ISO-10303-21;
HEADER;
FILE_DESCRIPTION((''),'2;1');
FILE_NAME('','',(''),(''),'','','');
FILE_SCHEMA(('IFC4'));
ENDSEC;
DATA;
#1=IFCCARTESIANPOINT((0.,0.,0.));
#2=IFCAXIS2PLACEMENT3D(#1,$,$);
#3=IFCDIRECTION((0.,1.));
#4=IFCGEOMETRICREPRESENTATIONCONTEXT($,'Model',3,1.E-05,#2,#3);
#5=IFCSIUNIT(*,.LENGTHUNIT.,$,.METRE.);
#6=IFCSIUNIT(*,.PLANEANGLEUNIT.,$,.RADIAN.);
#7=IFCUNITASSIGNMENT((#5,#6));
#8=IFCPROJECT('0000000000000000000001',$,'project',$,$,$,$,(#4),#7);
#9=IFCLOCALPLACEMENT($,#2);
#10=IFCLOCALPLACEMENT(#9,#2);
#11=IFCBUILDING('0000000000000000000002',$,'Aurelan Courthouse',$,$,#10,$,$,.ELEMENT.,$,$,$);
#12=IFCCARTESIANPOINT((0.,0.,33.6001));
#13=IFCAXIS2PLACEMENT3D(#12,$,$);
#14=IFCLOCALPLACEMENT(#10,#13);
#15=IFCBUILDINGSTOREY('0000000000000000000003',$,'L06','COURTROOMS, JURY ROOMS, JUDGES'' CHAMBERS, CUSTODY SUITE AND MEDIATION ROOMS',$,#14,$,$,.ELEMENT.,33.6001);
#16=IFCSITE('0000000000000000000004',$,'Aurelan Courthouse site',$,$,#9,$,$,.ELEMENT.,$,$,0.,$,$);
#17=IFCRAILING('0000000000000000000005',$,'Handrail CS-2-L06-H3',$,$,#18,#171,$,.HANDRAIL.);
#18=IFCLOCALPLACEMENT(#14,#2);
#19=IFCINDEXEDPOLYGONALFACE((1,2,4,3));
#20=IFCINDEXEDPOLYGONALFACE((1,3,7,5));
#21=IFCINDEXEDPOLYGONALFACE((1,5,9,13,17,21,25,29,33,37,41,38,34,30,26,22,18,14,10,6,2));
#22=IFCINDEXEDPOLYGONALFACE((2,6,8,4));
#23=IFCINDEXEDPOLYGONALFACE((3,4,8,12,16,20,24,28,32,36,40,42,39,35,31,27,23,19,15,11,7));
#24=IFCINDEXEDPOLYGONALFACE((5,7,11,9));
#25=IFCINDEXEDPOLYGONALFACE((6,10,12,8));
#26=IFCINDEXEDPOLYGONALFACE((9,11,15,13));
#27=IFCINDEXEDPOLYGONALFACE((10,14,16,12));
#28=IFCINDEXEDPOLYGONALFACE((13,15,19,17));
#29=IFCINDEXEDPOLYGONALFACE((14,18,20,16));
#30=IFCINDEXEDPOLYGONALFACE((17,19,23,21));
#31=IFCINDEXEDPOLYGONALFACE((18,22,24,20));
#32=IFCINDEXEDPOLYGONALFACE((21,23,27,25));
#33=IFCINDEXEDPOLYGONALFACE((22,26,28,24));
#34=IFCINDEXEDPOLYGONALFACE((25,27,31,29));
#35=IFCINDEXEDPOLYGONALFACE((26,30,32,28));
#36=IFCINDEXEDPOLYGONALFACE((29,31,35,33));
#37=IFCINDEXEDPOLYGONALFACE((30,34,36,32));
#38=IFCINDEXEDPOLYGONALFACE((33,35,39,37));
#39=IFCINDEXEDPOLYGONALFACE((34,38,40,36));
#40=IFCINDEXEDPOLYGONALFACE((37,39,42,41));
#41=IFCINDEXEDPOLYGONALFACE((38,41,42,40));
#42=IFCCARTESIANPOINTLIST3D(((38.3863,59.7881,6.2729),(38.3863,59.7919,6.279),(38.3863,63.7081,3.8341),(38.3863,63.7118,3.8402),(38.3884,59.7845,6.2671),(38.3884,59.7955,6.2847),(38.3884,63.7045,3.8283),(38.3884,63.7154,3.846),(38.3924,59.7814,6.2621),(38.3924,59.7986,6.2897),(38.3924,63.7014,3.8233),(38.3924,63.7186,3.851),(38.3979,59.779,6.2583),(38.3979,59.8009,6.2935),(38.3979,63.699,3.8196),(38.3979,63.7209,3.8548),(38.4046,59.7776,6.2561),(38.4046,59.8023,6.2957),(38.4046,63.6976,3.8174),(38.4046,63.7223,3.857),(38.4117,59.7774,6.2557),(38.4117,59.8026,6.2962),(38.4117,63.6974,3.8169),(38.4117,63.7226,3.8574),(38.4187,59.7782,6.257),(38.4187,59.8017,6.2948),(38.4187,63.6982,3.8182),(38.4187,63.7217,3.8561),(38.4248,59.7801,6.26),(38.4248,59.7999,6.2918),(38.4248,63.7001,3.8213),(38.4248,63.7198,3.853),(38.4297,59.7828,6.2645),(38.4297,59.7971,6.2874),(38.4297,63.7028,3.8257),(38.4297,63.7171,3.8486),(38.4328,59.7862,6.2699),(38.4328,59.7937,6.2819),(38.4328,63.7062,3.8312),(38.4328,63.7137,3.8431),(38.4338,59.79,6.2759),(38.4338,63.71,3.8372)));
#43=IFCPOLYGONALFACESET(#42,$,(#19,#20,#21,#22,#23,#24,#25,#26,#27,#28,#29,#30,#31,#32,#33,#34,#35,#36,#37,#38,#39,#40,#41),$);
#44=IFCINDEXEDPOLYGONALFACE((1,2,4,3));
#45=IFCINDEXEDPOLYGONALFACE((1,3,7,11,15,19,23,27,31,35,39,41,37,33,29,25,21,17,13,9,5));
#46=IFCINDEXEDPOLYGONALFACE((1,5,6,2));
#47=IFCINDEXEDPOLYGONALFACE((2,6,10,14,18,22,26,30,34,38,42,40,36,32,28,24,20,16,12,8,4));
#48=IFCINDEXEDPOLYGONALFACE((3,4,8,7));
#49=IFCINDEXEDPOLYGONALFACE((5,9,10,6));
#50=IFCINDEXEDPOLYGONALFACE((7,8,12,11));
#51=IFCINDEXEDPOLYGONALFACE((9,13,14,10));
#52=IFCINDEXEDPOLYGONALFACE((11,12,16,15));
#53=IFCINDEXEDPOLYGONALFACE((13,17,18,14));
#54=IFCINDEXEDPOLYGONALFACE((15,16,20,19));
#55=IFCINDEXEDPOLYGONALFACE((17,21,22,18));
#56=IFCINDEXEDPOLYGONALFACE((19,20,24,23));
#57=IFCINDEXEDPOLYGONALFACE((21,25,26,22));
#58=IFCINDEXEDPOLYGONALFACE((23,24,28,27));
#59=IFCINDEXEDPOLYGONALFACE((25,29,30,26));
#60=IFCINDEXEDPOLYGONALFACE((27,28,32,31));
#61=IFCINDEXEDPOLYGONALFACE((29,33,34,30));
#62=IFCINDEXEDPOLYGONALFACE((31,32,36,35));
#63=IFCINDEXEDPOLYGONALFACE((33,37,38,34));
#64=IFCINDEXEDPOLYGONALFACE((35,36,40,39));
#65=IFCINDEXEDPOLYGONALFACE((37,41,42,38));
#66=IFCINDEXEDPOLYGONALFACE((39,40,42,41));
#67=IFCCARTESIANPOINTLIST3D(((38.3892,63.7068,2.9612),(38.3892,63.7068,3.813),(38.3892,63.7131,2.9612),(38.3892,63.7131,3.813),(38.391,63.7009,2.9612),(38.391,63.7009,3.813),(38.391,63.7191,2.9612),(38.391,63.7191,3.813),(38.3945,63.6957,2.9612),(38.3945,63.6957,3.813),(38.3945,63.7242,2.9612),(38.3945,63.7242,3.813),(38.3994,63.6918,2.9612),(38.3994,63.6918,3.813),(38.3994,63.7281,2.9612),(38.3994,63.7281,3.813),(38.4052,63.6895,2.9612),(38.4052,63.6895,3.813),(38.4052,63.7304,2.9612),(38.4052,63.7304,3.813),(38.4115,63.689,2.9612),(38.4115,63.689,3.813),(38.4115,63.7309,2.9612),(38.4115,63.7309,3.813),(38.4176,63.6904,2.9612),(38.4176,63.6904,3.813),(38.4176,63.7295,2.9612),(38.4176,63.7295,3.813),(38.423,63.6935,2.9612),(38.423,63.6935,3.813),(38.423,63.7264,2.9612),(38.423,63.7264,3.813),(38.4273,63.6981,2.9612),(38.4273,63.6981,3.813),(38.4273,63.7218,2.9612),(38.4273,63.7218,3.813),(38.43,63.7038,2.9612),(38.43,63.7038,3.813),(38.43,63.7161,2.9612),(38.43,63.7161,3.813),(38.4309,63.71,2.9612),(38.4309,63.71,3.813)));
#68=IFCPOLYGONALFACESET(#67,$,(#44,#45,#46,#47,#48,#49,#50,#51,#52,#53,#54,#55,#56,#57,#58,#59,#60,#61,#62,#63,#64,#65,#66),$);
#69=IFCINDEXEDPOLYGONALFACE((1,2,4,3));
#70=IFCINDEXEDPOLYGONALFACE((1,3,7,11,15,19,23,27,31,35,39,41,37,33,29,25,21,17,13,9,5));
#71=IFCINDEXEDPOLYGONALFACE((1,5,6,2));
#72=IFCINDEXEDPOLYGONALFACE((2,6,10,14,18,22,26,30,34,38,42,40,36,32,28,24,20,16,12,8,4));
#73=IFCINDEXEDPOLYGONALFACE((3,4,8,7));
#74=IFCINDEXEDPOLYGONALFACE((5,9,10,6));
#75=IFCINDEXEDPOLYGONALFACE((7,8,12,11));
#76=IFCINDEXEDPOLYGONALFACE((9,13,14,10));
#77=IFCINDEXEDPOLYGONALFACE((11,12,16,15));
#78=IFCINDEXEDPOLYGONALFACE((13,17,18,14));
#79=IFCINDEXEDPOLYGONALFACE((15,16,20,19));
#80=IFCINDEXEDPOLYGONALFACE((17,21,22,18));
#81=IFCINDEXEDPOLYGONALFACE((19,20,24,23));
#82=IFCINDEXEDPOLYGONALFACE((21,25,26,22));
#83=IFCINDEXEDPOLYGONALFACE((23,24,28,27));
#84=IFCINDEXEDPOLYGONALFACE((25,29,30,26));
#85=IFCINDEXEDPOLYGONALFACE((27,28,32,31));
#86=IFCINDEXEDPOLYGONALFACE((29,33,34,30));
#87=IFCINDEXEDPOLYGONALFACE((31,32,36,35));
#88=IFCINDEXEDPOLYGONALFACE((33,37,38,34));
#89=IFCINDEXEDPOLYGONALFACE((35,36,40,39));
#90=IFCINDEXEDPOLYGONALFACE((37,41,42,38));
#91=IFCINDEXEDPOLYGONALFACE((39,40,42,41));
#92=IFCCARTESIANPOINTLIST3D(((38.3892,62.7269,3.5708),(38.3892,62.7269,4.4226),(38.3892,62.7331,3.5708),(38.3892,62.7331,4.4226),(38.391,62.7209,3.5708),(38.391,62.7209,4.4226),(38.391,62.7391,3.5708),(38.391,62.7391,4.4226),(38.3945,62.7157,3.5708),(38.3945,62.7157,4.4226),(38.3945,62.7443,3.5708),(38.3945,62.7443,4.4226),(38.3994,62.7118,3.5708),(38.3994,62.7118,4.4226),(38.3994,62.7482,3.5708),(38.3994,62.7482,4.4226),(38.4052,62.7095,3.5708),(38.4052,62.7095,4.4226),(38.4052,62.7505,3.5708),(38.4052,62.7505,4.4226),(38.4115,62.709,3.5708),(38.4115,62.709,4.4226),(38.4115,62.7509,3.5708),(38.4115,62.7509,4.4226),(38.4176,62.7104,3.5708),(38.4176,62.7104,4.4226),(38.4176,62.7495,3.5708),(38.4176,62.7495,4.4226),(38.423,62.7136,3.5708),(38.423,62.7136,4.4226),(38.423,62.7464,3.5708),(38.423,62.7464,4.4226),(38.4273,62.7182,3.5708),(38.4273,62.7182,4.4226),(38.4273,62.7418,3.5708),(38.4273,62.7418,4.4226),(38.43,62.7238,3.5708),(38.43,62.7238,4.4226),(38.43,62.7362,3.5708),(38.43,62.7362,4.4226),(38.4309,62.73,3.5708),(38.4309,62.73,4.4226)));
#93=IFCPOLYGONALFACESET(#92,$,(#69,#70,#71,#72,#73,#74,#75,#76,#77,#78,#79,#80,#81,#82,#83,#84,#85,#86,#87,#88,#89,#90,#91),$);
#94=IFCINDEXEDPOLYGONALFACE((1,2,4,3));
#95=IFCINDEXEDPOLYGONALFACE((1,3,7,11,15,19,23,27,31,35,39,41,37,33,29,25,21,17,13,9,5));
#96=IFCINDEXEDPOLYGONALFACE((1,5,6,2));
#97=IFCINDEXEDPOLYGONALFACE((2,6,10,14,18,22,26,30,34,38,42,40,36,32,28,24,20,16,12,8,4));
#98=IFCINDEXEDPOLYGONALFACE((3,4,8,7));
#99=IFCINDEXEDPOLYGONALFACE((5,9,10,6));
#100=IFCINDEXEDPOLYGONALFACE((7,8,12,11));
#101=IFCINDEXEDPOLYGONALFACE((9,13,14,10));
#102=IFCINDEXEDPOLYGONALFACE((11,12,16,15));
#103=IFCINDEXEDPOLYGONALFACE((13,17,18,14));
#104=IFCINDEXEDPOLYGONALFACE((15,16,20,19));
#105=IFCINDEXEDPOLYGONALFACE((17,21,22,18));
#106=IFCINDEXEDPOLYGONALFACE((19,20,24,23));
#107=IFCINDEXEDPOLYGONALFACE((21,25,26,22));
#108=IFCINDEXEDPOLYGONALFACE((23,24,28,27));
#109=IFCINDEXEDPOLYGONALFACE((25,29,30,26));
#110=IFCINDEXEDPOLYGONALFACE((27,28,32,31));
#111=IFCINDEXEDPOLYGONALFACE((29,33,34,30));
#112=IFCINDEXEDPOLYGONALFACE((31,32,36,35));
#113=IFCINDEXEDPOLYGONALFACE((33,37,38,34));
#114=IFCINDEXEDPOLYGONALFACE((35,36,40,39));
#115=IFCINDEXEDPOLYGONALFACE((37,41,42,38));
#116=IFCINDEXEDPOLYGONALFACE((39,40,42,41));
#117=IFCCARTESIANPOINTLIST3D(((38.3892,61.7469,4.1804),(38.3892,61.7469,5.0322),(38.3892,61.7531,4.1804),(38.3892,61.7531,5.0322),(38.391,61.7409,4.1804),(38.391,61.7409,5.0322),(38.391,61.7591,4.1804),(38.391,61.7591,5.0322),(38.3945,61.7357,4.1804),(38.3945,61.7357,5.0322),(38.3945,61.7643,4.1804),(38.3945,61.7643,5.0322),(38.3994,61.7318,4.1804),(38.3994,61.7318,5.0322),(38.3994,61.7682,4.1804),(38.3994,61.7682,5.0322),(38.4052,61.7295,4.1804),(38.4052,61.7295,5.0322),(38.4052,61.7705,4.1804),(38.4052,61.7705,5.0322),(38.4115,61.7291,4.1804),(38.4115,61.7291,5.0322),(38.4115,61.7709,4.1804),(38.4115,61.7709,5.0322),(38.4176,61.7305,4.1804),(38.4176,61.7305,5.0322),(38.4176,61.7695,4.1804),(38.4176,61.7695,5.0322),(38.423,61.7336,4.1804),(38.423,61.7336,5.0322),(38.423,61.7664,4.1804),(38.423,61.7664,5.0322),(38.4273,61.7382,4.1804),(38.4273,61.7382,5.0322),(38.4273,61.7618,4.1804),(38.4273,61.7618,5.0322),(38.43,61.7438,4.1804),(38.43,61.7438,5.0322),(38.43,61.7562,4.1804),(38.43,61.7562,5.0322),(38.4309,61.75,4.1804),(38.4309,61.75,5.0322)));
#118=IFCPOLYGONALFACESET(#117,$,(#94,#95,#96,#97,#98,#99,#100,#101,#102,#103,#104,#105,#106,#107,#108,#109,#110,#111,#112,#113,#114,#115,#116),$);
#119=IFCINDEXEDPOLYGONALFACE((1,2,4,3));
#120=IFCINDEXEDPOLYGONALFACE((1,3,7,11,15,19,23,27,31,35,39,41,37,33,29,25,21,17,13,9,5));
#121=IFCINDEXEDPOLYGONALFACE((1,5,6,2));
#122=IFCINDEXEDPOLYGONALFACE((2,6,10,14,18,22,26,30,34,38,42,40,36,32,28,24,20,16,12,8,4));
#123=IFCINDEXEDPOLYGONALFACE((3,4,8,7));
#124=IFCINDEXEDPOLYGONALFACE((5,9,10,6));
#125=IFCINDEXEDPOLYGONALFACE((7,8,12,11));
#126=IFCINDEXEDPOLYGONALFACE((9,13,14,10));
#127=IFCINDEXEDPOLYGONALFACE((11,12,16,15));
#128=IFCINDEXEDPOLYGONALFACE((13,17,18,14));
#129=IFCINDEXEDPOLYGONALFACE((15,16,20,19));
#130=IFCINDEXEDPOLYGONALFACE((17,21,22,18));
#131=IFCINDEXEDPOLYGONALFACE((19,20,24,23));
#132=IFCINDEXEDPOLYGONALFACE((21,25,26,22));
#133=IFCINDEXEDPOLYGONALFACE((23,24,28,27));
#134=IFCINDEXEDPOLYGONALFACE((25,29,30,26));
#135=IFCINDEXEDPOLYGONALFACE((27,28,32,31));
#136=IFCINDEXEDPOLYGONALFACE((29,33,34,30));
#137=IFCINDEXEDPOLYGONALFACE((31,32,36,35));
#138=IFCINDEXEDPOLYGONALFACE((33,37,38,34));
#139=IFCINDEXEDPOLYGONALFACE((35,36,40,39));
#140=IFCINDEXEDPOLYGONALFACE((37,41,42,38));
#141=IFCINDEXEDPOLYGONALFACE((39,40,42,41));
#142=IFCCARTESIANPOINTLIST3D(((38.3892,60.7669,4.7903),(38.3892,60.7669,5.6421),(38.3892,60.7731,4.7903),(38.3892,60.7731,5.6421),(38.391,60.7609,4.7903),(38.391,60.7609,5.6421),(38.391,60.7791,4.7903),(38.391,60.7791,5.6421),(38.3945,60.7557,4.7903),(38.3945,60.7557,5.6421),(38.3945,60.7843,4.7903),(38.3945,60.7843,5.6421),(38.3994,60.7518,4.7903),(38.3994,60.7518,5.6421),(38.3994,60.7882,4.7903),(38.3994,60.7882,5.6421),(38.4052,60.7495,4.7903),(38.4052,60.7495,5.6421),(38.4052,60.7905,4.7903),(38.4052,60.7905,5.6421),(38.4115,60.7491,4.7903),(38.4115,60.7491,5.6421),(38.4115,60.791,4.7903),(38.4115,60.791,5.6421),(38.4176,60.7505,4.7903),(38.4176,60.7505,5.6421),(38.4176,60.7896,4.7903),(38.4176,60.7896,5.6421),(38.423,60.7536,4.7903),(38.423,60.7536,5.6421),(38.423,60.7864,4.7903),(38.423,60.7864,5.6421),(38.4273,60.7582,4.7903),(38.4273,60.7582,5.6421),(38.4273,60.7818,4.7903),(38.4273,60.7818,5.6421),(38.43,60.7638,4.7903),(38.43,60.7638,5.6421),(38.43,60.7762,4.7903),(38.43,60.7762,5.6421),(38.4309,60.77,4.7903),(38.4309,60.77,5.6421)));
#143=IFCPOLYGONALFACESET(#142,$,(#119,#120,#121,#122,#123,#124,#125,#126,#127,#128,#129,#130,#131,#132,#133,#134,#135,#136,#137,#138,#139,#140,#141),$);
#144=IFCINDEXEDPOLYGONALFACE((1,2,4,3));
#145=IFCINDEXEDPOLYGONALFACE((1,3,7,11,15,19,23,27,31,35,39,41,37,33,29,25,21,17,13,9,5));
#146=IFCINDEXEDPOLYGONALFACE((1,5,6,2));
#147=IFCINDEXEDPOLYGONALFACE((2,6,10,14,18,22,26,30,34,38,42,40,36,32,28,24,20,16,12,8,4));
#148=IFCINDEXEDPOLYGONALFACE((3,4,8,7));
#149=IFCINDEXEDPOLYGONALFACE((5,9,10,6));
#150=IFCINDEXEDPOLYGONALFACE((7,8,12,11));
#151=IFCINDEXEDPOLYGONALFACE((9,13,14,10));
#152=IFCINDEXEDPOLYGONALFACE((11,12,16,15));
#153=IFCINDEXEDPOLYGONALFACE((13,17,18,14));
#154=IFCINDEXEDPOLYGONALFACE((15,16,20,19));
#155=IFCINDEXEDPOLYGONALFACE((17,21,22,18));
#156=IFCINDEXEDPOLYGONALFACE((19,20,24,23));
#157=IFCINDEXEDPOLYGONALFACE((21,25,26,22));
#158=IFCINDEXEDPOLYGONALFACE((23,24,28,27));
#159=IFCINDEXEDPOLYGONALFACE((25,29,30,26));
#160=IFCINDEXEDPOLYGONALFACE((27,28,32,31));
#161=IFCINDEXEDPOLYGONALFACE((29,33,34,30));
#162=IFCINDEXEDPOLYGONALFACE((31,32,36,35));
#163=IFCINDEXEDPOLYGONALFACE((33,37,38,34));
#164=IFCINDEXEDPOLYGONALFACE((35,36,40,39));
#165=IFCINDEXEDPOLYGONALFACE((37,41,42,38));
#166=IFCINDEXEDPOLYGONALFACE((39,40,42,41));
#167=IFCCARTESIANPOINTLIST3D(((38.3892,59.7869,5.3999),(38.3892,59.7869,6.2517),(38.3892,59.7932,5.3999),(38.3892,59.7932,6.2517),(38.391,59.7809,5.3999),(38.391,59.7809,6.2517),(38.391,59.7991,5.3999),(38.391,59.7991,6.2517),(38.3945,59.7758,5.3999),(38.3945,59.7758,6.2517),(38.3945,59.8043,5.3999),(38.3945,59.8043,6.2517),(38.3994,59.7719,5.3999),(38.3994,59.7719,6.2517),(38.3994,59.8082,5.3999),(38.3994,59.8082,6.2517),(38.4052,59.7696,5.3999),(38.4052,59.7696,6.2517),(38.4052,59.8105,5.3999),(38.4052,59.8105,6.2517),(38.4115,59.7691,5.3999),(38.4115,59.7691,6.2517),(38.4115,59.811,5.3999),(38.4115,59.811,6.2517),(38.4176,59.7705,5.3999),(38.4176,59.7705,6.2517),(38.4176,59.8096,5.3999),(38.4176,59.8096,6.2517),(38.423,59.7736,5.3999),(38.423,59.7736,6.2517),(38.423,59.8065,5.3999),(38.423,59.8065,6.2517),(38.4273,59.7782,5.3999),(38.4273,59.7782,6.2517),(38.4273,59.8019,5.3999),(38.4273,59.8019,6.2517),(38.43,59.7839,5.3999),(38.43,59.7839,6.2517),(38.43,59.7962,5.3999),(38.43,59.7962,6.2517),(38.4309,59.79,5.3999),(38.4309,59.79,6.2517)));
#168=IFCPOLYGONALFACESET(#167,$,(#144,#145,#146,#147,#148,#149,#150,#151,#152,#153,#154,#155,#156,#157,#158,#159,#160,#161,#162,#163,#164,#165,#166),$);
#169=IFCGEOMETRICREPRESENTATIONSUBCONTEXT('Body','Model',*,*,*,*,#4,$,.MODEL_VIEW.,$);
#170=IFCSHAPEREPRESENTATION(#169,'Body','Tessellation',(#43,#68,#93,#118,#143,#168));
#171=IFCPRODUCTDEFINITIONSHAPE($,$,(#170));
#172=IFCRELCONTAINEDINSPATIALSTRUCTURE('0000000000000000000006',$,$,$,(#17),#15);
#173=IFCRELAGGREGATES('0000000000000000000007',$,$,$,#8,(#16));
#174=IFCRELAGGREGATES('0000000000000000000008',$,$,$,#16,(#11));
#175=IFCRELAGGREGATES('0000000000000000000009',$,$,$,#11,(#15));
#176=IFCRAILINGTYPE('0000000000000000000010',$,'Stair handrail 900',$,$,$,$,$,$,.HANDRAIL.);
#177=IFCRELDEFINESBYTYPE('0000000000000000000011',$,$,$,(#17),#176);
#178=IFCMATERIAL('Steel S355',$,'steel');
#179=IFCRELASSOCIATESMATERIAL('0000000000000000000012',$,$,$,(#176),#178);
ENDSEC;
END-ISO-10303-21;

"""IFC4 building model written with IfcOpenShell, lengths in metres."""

from ifc_helpers import new_model, si_unit, direction, frame, origin, origin_2d, place, context, subcontext, project, spatial, circle, extrude, material, type_object, element, save


model = new_model("IFC4")

# Units and contexts
model_context = context("Model", 3, precision=1e-05, world=origin(), true_north=direction((0.0, 1.0)))
body_context = subcontext(model_context, "Body", "Model", "MODEL_VIEW")
ifc_project = project(units=[si_unit("LENGTHUNIT", "METRE"), si_unit("PLANEANGLEUNIT", "RADIAN")], contexts=[model_context])

# Site, building, storey
site_placement = place(None, origin())
site = spatial("IfcSite", under=ifc_project, at=site_placement, Name="Aurelan Courthouse site", CompositionType="ELEMENT", RefElevation=0.0)
building_placement = place(site_placement, origin())
building = spatial("IfcBuilding", under=site, at=building_placement, Name="Aurelan Courthouse", CompositionType="ELEMENT")
storey_placement = place(building_placement, frame((0.0, 0.0, 33.6001)))
storey = spatial("IfcBuildingStorey", under=building, at=storey_placement, Name="L06", Description="COURTROOMS, JURY ROOMS, JUDGES' CHAMBERS, CUSTODY SUITE AND MEDIATION ROOMS", CompositionType="ELEMENT", Elevation=33.6001)

# Railing
ifc_material_1 = material(Name="Steel S355", Category="steel")
railing_type_1 = type_object("IfcRailingType", Name="Stair handrail 900", PredefinedType="HANDRAIL", material=ifc_material_1)
for number, where, name in (
    (1, (38.4099, 63.71, 2.9612), "Handrail CS-2-L06-H3"),
):
    element("IfcRailing", number, at=place(storey_placement, frame(where)), inside=storey, type_object=railing_type_1, Name=name, PredefinedType="HANDRAIL", context=body_context, shape_type="SweptSolid", body=[
        extrude(circle(Radius=0.0239, at=origin_2d()), frame((0.0, 0.0, 0.876), z_axis=(0.0, -0.84909, 0.528249), x_axis=(1.0, 0.0, 0.0)), (0.0, 0.0, 1.0), 4.6167),
        extrude(circle(Radius=0.021, at=origin_2d()), origin(), (0.0, 0.0, 1.0), 0.8518),
        extrude(circle(Radius=0.021, at=origin_2d()), frame((0.0, -0.98, 0.6096)), (0.0, 0.0, 1.0), 0.8518),
        extrude(circle(Radius=0.021, at=origin_2d()), frame((0.0, -1.96, 1.2192)), (0.0, 0.0, 1.0), 0.8518),
        extrude(circle(Radius=0.021, at=origin_2d()), frame((0.0, -2.9399, 1.8291)), (0.0, 0.0, 1.0), 0.8518),
        extrude(circle(Radius=0.021, at=origin_2d()), frame((0.0, -3.9199, 2.4387)), (0.0, 0.0, 1.0), 0.8518),
    ])

save(model, "model.ifc")
